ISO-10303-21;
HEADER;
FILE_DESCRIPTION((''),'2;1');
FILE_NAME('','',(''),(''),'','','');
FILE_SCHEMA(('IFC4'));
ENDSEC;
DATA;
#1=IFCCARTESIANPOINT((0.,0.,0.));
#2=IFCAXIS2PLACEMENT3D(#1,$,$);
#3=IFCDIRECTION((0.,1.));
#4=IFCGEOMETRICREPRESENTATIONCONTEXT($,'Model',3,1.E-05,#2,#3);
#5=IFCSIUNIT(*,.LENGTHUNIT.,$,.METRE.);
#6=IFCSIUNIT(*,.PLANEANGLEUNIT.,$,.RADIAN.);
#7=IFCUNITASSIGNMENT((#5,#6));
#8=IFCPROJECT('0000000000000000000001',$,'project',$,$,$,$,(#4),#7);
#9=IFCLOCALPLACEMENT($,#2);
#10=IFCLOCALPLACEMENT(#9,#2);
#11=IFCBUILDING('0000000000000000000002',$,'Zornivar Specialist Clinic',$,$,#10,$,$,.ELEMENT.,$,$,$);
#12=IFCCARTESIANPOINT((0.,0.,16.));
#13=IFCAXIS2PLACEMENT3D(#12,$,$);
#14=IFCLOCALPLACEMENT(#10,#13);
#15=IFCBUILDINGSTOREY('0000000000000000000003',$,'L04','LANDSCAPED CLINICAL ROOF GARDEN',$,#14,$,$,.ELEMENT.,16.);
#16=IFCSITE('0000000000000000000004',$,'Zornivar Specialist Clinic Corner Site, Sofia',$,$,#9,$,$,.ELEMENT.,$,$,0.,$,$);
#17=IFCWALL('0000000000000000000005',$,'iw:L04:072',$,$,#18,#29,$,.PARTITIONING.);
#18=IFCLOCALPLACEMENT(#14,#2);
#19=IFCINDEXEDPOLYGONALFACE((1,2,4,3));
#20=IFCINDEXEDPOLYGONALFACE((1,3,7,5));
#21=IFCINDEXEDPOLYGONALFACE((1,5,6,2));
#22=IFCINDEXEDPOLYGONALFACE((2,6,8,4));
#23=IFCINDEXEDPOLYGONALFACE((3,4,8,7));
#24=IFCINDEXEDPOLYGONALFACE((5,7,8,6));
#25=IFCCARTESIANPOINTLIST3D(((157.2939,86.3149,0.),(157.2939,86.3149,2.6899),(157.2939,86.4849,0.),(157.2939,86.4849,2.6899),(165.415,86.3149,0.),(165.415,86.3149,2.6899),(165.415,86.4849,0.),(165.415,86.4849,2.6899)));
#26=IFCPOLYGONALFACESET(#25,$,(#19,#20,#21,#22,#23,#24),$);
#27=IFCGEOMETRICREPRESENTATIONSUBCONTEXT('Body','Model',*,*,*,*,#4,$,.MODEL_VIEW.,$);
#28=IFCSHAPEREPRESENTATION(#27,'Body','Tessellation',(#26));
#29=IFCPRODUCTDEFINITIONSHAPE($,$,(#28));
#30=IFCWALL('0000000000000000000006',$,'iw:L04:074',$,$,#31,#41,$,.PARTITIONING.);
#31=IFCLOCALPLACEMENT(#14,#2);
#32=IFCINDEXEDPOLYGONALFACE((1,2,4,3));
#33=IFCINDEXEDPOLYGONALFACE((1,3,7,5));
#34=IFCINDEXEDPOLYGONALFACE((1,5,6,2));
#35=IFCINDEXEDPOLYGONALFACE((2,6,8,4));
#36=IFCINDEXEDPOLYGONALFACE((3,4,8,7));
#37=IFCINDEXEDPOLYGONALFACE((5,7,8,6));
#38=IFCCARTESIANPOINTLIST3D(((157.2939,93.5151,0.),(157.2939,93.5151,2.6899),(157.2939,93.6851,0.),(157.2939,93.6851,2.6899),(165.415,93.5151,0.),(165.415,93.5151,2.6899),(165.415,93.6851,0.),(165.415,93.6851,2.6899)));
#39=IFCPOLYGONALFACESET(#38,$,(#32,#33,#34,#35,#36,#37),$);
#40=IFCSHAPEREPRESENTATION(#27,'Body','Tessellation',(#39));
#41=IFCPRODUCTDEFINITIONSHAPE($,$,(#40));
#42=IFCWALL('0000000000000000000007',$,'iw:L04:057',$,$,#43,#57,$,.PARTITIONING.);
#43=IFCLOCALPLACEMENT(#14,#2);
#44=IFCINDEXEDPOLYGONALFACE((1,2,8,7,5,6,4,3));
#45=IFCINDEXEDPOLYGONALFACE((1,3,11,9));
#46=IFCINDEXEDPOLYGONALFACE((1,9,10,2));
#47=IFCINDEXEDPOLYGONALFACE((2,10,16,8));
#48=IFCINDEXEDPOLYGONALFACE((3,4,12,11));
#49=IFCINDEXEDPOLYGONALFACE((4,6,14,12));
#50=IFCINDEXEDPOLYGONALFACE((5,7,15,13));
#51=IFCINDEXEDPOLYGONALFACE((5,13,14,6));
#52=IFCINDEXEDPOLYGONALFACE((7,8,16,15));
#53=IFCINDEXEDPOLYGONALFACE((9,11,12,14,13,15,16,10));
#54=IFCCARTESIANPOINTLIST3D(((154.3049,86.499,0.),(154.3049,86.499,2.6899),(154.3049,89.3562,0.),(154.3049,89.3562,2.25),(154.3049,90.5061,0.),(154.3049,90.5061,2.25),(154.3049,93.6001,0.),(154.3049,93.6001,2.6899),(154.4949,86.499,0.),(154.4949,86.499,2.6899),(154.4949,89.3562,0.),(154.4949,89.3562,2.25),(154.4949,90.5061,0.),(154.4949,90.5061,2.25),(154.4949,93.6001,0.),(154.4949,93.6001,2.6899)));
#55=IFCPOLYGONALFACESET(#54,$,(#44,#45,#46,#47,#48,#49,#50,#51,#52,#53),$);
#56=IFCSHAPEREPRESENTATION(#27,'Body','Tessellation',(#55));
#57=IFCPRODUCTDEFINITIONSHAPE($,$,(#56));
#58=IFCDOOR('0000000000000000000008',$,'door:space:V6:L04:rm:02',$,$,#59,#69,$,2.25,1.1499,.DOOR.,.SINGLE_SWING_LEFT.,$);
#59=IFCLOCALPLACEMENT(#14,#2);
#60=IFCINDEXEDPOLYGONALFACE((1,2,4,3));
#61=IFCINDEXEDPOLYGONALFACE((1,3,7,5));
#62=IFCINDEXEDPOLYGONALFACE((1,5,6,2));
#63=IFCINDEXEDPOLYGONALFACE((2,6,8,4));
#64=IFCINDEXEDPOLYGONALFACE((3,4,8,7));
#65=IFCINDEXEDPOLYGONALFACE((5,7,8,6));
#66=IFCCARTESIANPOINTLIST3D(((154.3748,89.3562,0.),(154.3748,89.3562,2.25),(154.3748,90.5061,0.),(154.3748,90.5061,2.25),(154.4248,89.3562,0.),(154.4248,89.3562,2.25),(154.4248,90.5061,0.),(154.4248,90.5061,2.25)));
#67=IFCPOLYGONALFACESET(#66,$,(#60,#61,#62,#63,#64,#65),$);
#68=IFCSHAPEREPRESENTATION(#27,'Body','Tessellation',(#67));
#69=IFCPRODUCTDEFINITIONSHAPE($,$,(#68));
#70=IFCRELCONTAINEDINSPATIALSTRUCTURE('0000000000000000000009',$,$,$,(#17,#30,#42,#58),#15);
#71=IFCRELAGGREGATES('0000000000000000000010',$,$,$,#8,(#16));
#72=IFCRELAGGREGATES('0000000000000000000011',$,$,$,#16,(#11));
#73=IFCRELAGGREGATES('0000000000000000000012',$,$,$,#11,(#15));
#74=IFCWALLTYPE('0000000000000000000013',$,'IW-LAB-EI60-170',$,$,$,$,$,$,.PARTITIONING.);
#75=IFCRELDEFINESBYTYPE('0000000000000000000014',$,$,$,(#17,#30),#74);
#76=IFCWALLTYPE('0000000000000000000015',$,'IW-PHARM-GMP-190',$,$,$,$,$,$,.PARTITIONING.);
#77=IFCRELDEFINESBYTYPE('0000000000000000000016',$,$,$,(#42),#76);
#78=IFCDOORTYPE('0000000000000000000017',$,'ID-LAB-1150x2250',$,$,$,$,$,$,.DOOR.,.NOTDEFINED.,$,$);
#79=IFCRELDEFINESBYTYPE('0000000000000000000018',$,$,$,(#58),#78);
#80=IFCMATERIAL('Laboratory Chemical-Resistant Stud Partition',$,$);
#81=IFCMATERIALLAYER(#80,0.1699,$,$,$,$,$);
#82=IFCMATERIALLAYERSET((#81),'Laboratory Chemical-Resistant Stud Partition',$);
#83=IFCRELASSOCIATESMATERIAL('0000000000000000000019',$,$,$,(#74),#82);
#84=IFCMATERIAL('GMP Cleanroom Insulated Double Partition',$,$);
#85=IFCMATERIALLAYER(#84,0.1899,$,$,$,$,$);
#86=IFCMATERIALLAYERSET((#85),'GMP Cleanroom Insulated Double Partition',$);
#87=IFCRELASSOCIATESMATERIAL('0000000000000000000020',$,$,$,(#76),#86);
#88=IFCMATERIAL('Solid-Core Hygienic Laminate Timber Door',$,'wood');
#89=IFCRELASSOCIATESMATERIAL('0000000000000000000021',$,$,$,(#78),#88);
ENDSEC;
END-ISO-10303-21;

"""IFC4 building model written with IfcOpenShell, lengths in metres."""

from ifc_helpers import new_model, si_unit, direction, frame, frame_2d, origin, place, context, subcontext, project, spatial, rectangle, extrude, material, layer, layer_set, type_object, element, fill, save


model = new_model("IFC4")

# Units and contexts
model_context = context("Model", 3, precision=1e-05, world=origin(), true_north=direction((0.0, 1.0)))
body_context = subcontext(model_context, "Body", "Model", "MODEL_VIEW")
ifc_project = project(units=[si_unit("LENGTHUNIT", "METRE"), si_unit("PLANEANGLEUNIT", "RADIAN")], contexts=[model_context])

# Site, building, storey
site_placement = place(None, origin())
site = spatial("IfcSite", under=ifc_project, at=site_placement, Name="Zornivar Specialist Clinic Corner Site, Sofia", CompositionType="ELEMENT", RefElevation=0.0)
building_placement = place(site_placement, origin())
building = spatial("IfcBuilding", under=site, at=building_placement, Name="Zornivar Specialist Clinic", CompositionType="ELEMENT")
storey_placement = place(building_placement, frame((0.0, 0.0, 16.0)))
storey = spatial("IfcBuildingStorey", under=building, at=storey_placement, Name="L04", Description="LANDSCAPED CLINICAL ROOF GARDEN", CompositionType="ELEMENT", Elevation=16.0)

# Walls
ifc_material_1 = material(Name="Laboratory Chemical-Resistant Stud Partition")
ifc_layer_1 = layer(ifc_material_1, 0.1699)
ifc_layer_set_1 = layer_set([ifc_layer_1], Name="Laboratory Chemical-Resistant Stud Partition")
wall_type_1 = type_object("IfcWallType", Name="IW-LAB-EI60-170", PredefinedType="PARTITIONING", material=ifc_layer_set_1)
for number, where, z_axis, x_axis, name in (
    (1, (157.2939, 86.3999, 0.0), (0.0, 0.0, 1.0), (1.0, 0.0, 0.0), "iw:L04:072"),
    (2, (157.2939, 93.6001, 0.0), (0.0, 0.0, 1.0), (1.0, 0.0, 0.0), "iw:L04:074"),
):
    element("IfcWall", number, at=place(storey_placement, frame(where, z_axis=z_axis, x_axis=x_axis)), inside=storey, type_object=wall_type_1, Name=name, PredefinedType="PARTITIONING", context=body_context, shape_type="SweptSolid", body=[
        extrude(rectangle(XDim=8.1211, YDim=0.1699, at=frame_2d((4.0605, 0.0))), origin(), (0.0, 0.0, 1.0), 2.6899),
    ])

# Wall, opening, door
ifc_material_2 = material(Name="GMP Cleanroom Insulated Double Partition")
ifc_layer_2 = layer(ifc_material_2, 0.1899)
ifc_layer_set_2 = layer_set([ifc_layer_2], Name="GMP Cleanroom Insulated Double Partition")
wall_type_2 = type_object("IfcWallType", Name="IW-PHARM-GMP-190", PredefinedType="PARTITIONING", material=ifc_layer_set_2)
wall_1_placement = place(storey_placement, frame((154.3999, 93.6001, 0.0), z_axis=(0.0, 0.0, 1.0), x_axis=(0.0, -1.0, 0.0)))
wall_1 = element("IfcWall", 3, at=wall_1_placement, inside=storey, type_object=wall_type_2, Name="iw:L04:057", PredefinedType="PARTITIONING", context=body_context, shape_type="SweptSolid", body=[
    extrude(rectangle(XDim=7.1011, YDim=0.1899, at=frame_2d((3.5505, 0.0))), origin(), (0.0, 0.0, 1.0), 2.6899),
])
opening_1_placement = place(wall_1_placement, frame((3.094, 0.0, 0.0)))
opening_1 = element("IfcOpeningElement", 4, at=opening_1_placement, cuts=wall_1, PredefinedType="OPENING", context=body_context, shape_type="SweptSolid", body=[
    extrude(rectangle(XDim=1.1499, YDim=2.25, at=frame_2d((0.575, 1.125))), frame((0.0, 0.105, 0.0), z_axis=(0.0, -1.0, 0.0), x_axis=(1.0, 0.0, 0.0)), (0.0, 0.0, 1.0), 0.21),
])
ifc_material_3 = material(Name="Solid-Core Hygienic Laminate Timber Door", Category="wood")
door_type_1 = type_object("IfcDoorType", Name="ID-LAB-1150x2250", OperationType="NOTDEFINED", PredefinedType="DOOR", material=ifc_material_3)
door_1_placement = place(opening_1_placement, origin())
door_1 = element("IfcDoor", 5, at=door_1_placement, inside=storey, type_object=door_type_1, Name="door:space:V6:L04:rm:02", OperationType="SINGLE_SWING_LEFT", OverallHeight=2.25, OverallWidth=1.1499, PredefinedType="DOOR", context=body_context, shape_type="SweptSolid", body=[
    extrude(rectangle(XDim=1.1499, YDim=2.25, at=frame_2d((0.575, 1.125))), frame((0.0, 0.0249, 0.0), z_axis=(0.0, -1.0, 0.0), x_axis=(1.0, 0.0, 0.0)), (0.0, 0.0, 1.0), 0.05),
])
fill(opening_1, door_1)

save(model, "model.ifc")
